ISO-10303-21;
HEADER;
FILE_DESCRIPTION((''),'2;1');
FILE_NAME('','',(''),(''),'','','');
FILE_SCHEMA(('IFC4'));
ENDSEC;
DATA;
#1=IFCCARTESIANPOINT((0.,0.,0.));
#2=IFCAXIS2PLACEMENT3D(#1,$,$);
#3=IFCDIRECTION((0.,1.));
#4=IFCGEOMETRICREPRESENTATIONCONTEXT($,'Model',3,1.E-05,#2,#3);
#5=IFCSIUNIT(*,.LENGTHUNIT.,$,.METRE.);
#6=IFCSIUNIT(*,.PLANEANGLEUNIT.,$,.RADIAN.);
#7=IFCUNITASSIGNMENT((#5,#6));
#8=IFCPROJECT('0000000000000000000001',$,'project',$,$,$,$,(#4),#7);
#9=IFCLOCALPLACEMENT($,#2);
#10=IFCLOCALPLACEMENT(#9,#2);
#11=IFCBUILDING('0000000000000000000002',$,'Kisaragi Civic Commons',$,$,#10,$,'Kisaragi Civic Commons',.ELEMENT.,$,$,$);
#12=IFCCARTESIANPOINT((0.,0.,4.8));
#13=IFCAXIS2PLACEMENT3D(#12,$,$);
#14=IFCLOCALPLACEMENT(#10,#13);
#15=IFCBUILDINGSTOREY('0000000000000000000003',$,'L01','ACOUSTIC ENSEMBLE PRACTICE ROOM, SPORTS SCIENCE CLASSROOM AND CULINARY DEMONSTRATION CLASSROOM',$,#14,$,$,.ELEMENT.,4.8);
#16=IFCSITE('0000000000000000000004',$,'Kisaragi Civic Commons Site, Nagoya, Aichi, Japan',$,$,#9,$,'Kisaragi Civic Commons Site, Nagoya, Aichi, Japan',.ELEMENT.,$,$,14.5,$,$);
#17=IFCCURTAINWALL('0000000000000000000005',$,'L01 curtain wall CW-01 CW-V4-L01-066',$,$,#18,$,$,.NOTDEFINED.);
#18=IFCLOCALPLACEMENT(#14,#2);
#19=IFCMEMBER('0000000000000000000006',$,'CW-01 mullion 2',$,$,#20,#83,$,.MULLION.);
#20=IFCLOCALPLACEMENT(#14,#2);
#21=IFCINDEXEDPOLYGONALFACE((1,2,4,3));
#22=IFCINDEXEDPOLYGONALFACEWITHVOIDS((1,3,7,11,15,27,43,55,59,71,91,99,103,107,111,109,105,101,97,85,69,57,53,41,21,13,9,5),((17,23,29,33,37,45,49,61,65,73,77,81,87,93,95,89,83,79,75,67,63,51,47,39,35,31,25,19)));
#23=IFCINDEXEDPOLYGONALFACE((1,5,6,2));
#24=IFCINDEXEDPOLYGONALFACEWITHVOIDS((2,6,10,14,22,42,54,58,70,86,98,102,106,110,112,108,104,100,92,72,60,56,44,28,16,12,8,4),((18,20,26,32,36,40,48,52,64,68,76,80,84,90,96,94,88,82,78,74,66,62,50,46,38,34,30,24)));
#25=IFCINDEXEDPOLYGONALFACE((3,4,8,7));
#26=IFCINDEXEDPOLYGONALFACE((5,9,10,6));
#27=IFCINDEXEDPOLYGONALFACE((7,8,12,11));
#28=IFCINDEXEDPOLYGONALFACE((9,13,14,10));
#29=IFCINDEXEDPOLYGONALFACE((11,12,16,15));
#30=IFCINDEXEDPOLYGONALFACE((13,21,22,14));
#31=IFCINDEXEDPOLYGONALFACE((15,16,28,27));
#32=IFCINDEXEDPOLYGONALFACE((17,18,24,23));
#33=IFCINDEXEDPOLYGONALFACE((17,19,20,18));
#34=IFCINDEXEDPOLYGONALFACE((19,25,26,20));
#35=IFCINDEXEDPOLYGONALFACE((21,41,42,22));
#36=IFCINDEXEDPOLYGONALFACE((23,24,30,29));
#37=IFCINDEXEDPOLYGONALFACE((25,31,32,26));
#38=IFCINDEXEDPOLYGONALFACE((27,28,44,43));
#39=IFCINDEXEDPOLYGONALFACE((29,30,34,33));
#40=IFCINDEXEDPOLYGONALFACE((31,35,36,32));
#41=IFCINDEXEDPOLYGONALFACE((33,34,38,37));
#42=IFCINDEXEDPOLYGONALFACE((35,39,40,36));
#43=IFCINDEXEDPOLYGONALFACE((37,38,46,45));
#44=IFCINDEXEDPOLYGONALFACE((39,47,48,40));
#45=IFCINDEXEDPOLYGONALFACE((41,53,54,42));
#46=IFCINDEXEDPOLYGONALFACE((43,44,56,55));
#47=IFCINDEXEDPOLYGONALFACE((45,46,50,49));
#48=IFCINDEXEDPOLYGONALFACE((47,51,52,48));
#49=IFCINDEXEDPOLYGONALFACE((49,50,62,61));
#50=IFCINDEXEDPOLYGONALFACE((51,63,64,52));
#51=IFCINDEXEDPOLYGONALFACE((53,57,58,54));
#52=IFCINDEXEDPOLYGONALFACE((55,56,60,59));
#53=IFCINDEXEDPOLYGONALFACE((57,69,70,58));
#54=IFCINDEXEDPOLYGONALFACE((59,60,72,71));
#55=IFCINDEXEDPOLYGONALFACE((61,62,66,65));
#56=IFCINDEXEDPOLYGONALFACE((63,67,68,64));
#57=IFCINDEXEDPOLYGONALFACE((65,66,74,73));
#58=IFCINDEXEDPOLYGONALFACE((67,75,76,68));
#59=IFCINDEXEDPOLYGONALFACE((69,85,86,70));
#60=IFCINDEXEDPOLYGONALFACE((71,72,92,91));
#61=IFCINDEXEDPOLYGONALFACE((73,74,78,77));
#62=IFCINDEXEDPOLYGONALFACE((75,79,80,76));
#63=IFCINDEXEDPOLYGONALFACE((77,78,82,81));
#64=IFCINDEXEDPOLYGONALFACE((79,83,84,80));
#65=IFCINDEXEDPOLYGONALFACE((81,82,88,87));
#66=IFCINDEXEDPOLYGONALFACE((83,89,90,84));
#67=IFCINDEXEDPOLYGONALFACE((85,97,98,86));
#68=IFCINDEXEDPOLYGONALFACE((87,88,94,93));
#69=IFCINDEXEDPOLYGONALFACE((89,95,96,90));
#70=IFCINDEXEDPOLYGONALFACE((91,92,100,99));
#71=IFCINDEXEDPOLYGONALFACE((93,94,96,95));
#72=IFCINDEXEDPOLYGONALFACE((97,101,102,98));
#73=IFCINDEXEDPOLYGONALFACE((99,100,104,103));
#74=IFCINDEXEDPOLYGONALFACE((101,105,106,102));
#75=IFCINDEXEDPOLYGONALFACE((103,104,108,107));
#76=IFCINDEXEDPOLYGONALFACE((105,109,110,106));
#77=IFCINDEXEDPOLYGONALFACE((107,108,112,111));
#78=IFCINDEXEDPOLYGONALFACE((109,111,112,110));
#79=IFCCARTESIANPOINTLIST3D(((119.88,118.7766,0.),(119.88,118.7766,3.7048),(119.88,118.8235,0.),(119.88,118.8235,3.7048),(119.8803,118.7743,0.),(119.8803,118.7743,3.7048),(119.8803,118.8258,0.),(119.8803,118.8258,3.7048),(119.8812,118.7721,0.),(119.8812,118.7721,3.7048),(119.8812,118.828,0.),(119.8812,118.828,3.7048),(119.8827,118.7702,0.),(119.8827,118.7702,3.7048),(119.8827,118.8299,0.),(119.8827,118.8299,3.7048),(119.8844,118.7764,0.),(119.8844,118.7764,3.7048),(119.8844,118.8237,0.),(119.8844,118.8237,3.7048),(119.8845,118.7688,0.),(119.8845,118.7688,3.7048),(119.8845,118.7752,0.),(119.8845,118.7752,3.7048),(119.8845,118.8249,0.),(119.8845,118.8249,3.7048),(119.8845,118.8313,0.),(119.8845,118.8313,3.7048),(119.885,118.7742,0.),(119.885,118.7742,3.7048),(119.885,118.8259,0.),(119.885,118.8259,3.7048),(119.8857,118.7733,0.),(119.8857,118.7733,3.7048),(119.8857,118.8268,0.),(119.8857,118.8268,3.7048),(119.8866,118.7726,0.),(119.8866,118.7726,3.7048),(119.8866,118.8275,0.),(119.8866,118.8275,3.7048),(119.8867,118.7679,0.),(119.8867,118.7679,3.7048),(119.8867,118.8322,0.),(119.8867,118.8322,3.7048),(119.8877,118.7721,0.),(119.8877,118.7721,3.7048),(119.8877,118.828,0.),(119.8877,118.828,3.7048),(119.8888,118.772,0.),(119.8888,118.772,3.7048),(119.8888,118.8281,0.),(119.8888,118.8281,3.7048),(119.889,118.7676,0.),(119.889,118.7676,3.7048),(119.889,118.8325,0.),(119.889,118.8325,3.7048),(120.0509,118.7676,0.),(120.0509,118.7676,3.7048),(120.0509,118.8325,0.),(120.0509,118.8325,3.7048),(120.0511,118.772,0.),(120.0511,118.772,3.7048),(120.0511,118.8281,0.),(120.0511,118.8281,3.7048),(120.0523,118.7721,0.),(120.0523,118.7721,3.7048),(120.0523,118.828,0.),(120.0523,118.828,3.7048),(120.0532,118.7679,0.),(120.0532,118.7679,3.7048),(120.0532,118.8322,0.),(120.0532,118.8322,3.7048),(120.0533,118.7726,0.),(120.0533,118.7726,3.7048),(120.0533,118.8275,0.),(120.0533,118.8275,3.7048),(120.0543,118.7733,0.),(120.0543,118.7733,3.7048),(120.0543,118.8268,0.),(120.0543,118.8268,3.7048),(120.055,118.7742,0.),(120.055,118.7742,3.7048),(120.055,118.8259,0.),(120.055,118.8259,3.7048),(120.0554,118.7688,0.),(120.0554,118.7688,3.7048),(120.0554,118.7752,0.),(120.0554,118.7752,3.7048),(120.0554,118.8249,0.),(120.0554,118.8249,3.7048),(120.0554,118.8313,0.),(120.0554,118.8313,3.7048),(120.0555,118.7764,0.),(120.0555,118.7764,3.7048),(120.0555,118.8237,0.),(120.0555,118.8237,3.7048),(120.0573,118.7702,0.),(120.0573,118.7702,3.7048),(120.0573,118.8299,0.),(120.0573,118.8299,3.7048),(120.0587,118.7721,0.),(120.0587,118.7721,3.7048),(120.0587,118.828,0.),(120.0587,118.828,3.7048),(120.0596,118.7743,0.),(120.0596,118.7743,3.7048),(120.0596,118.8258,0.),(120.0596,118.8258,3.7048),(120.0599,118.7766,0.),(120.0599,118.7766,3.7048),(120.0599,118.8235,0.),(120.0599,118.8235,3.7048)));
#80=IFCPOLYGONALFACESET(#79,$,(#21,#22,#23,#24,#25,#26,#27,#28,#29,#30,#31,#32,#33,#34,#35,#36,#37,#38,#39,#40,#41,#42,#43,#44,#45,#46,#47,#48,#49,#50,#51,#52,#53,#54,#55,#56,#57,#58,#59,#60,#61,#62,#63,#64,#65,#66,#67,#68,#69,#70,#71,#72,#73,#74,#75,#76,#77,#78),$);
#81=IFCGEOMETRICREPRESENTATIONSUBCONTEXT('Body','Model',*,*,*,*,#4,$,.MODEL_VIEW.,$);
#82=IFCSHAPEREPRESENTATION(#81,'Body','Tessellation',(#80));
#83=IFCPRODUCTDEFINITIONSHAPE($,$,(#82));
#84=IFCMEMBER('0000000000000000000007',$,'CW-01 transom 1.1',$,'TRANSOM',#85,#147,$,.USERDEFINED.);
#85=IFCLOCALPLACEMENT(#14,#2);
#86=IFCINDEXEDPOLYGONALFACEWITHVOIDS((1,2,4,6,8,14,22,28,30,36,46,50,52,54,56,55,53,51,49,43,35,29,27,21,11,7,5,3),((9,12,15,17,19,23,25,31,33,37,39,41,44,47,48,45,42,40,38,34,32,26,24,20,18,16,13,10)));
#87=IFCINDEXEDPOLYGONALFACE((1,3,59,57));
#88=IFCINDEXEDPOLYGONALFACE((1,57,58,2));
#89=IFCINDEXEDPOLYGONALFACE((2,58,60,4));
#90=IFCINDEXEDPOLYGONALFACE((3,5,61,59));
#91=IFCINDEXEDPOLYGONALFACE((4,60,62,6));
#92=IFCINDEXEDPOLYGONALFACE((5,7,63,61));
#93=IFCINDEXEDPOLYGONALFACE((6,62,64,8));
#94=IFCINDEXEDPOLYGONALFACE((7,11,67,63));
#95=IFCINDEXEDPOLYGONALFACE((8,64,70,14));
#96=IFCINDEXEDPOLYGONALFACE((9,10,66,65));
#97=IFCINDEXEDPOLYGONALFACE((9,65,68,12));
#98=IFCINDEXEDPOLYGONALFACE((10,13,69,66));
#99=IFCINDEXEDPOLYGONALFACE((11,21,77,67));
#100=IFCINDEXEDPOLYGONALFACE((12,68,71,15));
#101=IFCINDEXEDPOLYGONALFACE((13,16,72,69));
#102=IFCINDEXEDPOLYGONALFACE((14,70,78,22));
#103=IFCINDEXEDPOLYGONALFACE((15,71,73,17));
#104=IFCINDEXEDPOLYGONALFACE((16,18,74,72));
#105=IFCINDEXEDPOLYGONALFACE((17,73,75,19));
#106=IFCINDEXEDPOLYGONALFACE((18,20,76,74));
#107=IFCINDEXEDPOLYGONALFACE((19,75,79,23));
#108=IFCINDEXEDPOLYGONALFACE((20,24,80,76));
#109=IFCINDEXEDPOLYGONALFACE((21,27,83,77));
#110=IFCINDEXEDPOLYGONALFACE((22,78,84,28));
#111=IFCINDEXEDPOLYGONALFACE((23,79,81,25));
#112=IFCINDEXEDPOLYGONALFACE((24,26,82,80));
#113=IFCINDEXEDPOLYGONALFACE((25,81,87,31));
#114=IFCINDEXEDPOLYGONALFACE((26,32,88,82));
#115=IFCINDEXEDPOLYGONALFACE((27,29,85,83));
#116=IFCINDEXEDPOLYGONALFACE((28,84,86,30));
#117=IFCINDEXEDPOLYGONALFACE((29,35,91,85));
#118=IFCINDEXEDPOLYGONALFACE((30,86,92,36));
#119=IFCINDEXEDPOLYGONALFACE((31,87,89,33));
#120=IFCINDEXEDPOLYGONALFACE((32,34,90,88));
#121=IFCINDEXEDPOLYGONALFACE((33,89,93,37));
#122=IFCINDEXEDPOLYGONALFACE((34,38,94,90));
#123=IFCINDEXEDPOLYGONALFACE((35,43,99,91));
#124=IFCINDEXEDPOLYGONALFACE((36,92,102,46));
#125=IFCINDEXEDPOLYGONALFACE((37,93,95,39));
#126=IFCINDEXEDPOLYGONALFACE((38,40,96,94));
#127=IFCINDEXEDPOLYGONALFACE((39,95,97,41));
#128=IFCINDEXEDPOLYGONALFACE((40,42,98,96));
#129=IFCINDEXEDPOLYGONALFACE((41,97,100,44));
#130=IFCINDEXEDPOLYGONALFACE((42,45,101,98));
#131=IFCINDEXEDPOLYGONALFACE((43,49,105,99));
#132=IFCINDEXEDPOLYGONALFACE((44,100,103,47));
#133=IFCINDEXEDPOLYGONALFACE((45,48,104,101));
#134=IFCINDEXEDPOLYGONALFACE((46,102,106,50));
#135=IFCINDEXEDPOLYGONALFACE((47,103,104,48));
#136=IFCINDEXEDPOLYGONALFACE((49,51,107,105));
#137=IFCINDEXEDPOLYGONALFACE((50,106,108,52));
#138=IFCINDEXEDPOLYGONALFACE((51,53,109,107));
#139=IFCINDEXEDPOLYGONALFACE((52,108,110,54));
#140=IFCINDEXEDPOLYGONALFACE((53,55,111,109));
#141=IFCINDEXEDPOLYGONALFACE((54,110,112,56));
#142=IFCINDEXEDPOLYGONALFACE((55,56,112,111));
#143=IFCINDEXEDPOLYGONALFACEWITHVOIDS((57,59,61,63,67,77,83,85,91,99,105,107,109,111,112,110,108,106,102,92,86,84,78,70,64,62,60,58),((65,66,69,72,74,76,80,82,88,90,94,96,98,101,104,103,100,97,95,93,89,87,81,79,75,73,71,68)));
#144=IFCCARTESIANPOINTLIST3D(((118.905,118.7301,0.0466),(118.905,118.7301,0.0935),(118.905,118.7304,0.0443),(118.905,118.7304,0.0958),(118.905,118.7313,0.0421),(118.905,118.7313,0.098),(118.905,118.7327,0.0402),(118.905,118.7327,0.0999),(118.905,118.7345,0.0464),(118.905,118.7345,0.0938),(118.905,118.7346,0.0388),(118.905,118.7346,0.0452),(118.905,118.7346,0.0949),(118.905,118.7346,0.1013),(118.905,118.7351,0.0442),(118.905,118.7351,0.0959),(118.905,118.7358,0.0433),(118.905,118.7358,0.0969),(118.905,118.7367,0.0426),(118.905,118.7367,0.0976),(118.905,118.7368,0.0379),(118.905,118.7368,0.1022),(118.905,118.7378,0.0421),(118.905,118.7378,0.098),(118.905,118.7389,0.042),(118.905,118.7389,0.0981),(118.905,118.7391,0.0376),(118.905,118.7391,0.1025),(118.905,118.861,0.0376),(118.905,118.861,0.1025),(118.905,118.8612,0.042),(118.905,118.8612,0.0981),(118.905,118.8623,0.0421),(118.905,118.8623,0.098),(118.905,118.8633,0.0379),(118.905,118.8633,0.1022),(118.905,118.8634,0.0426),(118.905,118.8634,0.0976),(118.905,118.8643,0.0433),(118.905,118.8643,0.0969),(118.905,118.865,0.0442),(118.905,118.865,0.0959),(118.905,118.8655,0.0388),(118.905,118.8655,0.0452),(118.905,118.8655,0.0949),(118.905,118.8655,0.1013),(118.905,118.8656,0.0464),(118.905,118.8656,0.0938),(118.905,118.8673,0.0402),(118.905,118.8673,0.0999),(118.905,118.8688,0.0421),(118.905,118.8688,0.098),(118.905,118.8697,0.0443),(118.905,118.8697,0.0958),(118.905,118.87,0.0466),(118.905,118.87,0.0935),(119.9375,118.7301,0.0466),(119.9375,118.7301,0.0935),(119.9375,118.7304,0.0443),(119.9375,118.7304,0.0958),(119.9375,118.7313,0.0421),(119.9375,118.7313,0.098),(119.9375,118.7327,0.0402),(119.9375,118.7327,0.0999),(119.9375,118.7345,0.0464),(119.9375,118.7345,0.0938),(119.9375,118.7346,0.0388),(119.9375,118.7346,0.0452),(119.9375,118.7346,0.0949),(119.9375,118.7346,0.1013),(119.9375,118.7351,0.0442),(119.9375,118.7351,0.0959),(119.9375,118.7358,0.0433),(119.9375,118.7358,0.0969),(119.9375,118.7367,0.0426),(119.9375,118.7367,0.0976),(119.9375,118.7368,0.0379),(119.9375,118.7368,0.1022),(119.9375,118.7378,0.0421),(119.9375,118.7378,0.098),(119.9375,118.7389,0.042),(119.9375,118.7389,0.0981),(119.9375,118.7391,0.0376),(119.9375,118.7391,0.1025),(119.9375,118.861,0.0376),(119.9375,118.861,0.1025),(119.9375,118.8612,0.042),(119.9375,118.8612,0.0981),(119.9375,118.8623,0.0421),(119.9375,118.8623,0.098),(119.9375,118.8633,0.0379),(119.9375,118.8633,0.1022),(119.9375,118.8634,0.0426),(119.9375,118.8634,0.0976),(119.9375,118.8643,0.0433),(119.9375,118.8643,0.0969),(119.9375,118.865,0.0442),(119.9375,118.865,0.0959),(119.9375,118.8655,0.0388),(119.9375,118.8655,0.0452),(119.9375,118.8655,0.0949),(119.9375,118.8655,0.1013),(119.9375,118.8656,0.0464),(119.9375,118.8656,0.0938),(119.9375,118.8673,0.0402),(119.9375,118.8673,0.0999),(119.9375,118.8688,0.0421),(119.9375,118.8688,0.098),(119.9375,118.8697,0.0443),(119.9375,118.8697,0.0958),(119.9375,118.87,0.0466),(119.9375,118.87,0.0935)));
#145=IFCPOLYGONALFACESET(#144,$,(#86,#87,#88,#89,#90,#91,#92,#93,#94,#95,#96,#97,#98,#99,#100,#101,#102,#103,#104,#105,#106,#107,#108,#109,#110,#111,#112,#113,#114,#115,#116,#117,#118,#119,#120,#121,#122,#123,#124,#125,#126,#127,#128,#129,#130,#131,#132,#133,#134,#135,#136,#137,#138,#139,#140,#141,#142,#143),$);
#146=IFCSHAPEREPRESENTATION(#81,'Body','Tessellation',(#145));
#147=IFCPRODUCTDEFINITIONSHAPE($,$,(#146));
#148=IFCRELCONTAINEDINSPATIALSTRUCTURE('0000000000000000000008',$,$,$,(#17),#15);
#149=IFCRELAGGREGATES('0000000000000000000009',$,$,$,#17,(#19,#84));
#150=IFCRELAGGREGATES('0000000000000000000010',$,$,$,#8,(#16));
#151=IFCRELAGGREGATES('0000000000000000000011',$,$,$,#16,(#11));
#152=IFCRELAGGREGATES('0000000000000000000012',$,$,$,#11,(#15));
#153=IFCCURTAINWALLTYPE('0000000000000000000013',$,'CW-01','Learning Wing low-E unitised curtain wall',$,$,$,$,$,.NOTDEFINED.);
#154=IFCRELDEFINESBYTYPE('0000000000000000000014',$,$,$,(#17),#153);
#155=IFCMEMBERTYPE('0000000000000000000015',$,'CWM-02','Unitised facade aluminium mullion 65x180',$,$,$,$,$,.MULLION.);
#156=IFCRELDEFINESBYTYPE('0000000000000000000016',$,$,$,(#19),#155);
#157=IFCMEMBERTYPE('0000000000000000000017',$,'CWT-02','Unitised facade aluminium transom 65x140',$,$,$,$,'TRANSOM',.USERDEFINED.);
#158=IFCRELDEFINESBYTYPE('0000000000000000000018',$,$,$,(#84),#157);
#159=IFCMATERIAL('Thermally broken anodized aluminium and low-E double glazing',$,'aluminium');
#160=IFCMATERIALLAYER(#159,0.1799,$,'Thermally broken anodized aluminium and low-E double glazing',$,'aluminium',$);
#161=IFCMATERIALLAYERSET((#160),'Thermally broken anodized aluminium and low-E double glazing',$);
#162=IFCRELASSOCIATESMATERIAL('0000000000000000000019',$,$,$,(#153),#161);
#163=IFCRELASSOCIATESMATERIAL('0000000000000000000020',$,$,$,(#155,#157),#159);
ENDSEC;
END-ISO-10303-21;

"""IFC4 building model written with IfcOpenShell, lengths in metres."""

from ifc_helpers import new_model, si_unit, direction, frame, origin, origin_2d, place, context, subcontext, project, spatial, hollow_rectangle, extrude, material, layer, layer_set, material_profile, profile_set, type_object, element, aggregate, save


model = new_model("IFC4")

# Units and contexts
model_context = context("Model", 3, precision=1e-05, world=origin(), true_north=direction((0.0, 1.0)))
body_context = subcontext(model_context, "Body", "Model", "MODEL_VIEW")
ifc_project = project(units=[si_unit("LENGTHUNIT", "METRE"), si_unit("PLANEANGLEUNIT", "RADIAN")], contexts=[model_context])

# Site, building, storey
site_placement = place(None, origin())
site = spatial("IfcSite", under=ifc_project, at=site_placement, Name="Kisaragi Civic Commons Site, Nagoya, Aichi, Japan", LongName="Kisaragi Civic Commons Site, Nagoya, Aichi, Japan", CompositionType="ELEMENT", RefElevation=14.5)
building_placement = place(site_placement, origin())
building = spatial("IfcBuilding", under=site, at=building_placement, Name="Kisaragi Civic Commons", LongName="Kisaragi Civic Commons", CompositionType="ELEMENT")
storey_placement = place(building_placement, frame((0.0, 0.0, 4.8)))
storey = spatial("IfcBuildingStorey", under=building, at=storey_placement, Name="L01", Description="ACOUSTIC ENSEMBLE PRACTICE ROOM, SPORTS SCIENCE CLASSROOM AND CULINARY DEMONSTRATION CLASSROOM", CompositionType="ELEMENT", Elevation=4.8)

# Shared definitions
ifc_material_1 = material(Name="Thermally broken anodized aluminium and low-E double glazing", Category="aluminium")
ifc_layer_1 = layer(ifc_material_1, 0.1799, Name="Thermally broken anodized aluminium and low-E double glazing", Category="aluminium")
ifc_layer_set_1 = layer_set([ifc_layer_1], Name="Thermally broken anodized aluminium and low-E double glazing")
curtain_wall_type = type_object("IfcCurtainWallType", Name="CW-01", Description="Learning Wing low-E unitised curtain wall", PredefinedType="NOTDEFINED", material=ifc_layer_set_1)
ifc_material_profile_1 = material_profile(ifc_material_1, hollow_rectangle(XDim=0.0649, YDim=0.1799, WallThickness=0.0044, InnerFilletRadius=0.0044, OuterFilletRadius=0.009, at=origin_2d()), Name="CWM-65x180x4.5", Category="aluminium")
ifc_profile_set_1 = profile_set([ifc_material_profile_1], Name="Thermally broken anodized aluminium and low-E double glazing")
member_type_1 = type_object("IfcMemberType", Name="CWM-02", Description="Unitised facade aluminium mullion 65x180", PredefinedType="MULLION", material=ifc_profile_set_1)

# Curtain wall, members
curtain_wall_1_placement = place(storey_placement, origin())
curtain_wall_1 = element("IfcCurtainWall", 1, at=curtain_wall_1_placement, inside=storey, type_object=curtain_wall_type, Name="L01 curtain wall CW-01 CW-V4-L01-066", PredefinedType="NOTDEFINED")
member_1_placement = place(storey_placement, frame((119.97, 118.8, 0.0), z_axis=(0.0, 0.0, 1.0), x_axis=(0.0, 1.0, 0.0)))
member_1 = element("IfcMember", 2, at=member_1_placement, type_object=member_type_1, Name="CW-01 mullion 2", PredefinedType="MULLION", context=body_context, shape_type="SweptSolid", body=[
    extrude(hollow_rectangle(XDim=0.0649, YDim=0.1799, WallThickness=0.0044, InnerFilletRadius=0.0044, OuterFilletRadius=0.009, at=origin_2d()), origin(), (0.0, 0.0, 1.0), 3.7048),
])
ifc_material_profile_2 = material_profile(ifc_material_1, hollow_rectangle(XDim=0.1399, YDim=0.0649, WallThickness=0.0044, InnerFilletRadius=0.0044, OuterFilletRadius=0.009, at=origin_2d()), Name="CWT-65x140x4.5", Category="aluminium")
ifc_profile_set_2 = profile_set([ifc_material_profile_2], Name="Thermally broken anodized aluminium and low-E double glazing")
member_type_2 = type_object("IfcMemberType", Name="CWT-02", Description="Unitised facade aluminium transom 65x140", ElementType="TRANSOM", PredefinedType="USERDEFINED", material=ifc_profile_set_2)
member_2_placement = place(storey_placement, frame((118.905, 118.8, 0.0701), z_axis=(1.0, 0.0, 0.0), x_axis=(0.0, 1.0, 0.0)))
member_2 = element("IfcMember", 3, at=member_2_placement, type_object=member_type_2, Name="CW-01 transom 1.1", ObjectType="TRANSOM", PredefinedType="USERDEFINED", context=body_context, shape_type="SweptSolid", body=[
    extrude(hollow_rectangle(XDim=0.1399, YDim=0.0649, WallThickness=0.0044, InnerFilletRadius=0.0044, OuterFilletRadius=0.009, at=origin_2d()), origin(), (0.0, 0.0, 1.0), 1.0325),
])

aggregate(curtain_wall_1, [member_1, member_2])

save(model, "model.ifc")
